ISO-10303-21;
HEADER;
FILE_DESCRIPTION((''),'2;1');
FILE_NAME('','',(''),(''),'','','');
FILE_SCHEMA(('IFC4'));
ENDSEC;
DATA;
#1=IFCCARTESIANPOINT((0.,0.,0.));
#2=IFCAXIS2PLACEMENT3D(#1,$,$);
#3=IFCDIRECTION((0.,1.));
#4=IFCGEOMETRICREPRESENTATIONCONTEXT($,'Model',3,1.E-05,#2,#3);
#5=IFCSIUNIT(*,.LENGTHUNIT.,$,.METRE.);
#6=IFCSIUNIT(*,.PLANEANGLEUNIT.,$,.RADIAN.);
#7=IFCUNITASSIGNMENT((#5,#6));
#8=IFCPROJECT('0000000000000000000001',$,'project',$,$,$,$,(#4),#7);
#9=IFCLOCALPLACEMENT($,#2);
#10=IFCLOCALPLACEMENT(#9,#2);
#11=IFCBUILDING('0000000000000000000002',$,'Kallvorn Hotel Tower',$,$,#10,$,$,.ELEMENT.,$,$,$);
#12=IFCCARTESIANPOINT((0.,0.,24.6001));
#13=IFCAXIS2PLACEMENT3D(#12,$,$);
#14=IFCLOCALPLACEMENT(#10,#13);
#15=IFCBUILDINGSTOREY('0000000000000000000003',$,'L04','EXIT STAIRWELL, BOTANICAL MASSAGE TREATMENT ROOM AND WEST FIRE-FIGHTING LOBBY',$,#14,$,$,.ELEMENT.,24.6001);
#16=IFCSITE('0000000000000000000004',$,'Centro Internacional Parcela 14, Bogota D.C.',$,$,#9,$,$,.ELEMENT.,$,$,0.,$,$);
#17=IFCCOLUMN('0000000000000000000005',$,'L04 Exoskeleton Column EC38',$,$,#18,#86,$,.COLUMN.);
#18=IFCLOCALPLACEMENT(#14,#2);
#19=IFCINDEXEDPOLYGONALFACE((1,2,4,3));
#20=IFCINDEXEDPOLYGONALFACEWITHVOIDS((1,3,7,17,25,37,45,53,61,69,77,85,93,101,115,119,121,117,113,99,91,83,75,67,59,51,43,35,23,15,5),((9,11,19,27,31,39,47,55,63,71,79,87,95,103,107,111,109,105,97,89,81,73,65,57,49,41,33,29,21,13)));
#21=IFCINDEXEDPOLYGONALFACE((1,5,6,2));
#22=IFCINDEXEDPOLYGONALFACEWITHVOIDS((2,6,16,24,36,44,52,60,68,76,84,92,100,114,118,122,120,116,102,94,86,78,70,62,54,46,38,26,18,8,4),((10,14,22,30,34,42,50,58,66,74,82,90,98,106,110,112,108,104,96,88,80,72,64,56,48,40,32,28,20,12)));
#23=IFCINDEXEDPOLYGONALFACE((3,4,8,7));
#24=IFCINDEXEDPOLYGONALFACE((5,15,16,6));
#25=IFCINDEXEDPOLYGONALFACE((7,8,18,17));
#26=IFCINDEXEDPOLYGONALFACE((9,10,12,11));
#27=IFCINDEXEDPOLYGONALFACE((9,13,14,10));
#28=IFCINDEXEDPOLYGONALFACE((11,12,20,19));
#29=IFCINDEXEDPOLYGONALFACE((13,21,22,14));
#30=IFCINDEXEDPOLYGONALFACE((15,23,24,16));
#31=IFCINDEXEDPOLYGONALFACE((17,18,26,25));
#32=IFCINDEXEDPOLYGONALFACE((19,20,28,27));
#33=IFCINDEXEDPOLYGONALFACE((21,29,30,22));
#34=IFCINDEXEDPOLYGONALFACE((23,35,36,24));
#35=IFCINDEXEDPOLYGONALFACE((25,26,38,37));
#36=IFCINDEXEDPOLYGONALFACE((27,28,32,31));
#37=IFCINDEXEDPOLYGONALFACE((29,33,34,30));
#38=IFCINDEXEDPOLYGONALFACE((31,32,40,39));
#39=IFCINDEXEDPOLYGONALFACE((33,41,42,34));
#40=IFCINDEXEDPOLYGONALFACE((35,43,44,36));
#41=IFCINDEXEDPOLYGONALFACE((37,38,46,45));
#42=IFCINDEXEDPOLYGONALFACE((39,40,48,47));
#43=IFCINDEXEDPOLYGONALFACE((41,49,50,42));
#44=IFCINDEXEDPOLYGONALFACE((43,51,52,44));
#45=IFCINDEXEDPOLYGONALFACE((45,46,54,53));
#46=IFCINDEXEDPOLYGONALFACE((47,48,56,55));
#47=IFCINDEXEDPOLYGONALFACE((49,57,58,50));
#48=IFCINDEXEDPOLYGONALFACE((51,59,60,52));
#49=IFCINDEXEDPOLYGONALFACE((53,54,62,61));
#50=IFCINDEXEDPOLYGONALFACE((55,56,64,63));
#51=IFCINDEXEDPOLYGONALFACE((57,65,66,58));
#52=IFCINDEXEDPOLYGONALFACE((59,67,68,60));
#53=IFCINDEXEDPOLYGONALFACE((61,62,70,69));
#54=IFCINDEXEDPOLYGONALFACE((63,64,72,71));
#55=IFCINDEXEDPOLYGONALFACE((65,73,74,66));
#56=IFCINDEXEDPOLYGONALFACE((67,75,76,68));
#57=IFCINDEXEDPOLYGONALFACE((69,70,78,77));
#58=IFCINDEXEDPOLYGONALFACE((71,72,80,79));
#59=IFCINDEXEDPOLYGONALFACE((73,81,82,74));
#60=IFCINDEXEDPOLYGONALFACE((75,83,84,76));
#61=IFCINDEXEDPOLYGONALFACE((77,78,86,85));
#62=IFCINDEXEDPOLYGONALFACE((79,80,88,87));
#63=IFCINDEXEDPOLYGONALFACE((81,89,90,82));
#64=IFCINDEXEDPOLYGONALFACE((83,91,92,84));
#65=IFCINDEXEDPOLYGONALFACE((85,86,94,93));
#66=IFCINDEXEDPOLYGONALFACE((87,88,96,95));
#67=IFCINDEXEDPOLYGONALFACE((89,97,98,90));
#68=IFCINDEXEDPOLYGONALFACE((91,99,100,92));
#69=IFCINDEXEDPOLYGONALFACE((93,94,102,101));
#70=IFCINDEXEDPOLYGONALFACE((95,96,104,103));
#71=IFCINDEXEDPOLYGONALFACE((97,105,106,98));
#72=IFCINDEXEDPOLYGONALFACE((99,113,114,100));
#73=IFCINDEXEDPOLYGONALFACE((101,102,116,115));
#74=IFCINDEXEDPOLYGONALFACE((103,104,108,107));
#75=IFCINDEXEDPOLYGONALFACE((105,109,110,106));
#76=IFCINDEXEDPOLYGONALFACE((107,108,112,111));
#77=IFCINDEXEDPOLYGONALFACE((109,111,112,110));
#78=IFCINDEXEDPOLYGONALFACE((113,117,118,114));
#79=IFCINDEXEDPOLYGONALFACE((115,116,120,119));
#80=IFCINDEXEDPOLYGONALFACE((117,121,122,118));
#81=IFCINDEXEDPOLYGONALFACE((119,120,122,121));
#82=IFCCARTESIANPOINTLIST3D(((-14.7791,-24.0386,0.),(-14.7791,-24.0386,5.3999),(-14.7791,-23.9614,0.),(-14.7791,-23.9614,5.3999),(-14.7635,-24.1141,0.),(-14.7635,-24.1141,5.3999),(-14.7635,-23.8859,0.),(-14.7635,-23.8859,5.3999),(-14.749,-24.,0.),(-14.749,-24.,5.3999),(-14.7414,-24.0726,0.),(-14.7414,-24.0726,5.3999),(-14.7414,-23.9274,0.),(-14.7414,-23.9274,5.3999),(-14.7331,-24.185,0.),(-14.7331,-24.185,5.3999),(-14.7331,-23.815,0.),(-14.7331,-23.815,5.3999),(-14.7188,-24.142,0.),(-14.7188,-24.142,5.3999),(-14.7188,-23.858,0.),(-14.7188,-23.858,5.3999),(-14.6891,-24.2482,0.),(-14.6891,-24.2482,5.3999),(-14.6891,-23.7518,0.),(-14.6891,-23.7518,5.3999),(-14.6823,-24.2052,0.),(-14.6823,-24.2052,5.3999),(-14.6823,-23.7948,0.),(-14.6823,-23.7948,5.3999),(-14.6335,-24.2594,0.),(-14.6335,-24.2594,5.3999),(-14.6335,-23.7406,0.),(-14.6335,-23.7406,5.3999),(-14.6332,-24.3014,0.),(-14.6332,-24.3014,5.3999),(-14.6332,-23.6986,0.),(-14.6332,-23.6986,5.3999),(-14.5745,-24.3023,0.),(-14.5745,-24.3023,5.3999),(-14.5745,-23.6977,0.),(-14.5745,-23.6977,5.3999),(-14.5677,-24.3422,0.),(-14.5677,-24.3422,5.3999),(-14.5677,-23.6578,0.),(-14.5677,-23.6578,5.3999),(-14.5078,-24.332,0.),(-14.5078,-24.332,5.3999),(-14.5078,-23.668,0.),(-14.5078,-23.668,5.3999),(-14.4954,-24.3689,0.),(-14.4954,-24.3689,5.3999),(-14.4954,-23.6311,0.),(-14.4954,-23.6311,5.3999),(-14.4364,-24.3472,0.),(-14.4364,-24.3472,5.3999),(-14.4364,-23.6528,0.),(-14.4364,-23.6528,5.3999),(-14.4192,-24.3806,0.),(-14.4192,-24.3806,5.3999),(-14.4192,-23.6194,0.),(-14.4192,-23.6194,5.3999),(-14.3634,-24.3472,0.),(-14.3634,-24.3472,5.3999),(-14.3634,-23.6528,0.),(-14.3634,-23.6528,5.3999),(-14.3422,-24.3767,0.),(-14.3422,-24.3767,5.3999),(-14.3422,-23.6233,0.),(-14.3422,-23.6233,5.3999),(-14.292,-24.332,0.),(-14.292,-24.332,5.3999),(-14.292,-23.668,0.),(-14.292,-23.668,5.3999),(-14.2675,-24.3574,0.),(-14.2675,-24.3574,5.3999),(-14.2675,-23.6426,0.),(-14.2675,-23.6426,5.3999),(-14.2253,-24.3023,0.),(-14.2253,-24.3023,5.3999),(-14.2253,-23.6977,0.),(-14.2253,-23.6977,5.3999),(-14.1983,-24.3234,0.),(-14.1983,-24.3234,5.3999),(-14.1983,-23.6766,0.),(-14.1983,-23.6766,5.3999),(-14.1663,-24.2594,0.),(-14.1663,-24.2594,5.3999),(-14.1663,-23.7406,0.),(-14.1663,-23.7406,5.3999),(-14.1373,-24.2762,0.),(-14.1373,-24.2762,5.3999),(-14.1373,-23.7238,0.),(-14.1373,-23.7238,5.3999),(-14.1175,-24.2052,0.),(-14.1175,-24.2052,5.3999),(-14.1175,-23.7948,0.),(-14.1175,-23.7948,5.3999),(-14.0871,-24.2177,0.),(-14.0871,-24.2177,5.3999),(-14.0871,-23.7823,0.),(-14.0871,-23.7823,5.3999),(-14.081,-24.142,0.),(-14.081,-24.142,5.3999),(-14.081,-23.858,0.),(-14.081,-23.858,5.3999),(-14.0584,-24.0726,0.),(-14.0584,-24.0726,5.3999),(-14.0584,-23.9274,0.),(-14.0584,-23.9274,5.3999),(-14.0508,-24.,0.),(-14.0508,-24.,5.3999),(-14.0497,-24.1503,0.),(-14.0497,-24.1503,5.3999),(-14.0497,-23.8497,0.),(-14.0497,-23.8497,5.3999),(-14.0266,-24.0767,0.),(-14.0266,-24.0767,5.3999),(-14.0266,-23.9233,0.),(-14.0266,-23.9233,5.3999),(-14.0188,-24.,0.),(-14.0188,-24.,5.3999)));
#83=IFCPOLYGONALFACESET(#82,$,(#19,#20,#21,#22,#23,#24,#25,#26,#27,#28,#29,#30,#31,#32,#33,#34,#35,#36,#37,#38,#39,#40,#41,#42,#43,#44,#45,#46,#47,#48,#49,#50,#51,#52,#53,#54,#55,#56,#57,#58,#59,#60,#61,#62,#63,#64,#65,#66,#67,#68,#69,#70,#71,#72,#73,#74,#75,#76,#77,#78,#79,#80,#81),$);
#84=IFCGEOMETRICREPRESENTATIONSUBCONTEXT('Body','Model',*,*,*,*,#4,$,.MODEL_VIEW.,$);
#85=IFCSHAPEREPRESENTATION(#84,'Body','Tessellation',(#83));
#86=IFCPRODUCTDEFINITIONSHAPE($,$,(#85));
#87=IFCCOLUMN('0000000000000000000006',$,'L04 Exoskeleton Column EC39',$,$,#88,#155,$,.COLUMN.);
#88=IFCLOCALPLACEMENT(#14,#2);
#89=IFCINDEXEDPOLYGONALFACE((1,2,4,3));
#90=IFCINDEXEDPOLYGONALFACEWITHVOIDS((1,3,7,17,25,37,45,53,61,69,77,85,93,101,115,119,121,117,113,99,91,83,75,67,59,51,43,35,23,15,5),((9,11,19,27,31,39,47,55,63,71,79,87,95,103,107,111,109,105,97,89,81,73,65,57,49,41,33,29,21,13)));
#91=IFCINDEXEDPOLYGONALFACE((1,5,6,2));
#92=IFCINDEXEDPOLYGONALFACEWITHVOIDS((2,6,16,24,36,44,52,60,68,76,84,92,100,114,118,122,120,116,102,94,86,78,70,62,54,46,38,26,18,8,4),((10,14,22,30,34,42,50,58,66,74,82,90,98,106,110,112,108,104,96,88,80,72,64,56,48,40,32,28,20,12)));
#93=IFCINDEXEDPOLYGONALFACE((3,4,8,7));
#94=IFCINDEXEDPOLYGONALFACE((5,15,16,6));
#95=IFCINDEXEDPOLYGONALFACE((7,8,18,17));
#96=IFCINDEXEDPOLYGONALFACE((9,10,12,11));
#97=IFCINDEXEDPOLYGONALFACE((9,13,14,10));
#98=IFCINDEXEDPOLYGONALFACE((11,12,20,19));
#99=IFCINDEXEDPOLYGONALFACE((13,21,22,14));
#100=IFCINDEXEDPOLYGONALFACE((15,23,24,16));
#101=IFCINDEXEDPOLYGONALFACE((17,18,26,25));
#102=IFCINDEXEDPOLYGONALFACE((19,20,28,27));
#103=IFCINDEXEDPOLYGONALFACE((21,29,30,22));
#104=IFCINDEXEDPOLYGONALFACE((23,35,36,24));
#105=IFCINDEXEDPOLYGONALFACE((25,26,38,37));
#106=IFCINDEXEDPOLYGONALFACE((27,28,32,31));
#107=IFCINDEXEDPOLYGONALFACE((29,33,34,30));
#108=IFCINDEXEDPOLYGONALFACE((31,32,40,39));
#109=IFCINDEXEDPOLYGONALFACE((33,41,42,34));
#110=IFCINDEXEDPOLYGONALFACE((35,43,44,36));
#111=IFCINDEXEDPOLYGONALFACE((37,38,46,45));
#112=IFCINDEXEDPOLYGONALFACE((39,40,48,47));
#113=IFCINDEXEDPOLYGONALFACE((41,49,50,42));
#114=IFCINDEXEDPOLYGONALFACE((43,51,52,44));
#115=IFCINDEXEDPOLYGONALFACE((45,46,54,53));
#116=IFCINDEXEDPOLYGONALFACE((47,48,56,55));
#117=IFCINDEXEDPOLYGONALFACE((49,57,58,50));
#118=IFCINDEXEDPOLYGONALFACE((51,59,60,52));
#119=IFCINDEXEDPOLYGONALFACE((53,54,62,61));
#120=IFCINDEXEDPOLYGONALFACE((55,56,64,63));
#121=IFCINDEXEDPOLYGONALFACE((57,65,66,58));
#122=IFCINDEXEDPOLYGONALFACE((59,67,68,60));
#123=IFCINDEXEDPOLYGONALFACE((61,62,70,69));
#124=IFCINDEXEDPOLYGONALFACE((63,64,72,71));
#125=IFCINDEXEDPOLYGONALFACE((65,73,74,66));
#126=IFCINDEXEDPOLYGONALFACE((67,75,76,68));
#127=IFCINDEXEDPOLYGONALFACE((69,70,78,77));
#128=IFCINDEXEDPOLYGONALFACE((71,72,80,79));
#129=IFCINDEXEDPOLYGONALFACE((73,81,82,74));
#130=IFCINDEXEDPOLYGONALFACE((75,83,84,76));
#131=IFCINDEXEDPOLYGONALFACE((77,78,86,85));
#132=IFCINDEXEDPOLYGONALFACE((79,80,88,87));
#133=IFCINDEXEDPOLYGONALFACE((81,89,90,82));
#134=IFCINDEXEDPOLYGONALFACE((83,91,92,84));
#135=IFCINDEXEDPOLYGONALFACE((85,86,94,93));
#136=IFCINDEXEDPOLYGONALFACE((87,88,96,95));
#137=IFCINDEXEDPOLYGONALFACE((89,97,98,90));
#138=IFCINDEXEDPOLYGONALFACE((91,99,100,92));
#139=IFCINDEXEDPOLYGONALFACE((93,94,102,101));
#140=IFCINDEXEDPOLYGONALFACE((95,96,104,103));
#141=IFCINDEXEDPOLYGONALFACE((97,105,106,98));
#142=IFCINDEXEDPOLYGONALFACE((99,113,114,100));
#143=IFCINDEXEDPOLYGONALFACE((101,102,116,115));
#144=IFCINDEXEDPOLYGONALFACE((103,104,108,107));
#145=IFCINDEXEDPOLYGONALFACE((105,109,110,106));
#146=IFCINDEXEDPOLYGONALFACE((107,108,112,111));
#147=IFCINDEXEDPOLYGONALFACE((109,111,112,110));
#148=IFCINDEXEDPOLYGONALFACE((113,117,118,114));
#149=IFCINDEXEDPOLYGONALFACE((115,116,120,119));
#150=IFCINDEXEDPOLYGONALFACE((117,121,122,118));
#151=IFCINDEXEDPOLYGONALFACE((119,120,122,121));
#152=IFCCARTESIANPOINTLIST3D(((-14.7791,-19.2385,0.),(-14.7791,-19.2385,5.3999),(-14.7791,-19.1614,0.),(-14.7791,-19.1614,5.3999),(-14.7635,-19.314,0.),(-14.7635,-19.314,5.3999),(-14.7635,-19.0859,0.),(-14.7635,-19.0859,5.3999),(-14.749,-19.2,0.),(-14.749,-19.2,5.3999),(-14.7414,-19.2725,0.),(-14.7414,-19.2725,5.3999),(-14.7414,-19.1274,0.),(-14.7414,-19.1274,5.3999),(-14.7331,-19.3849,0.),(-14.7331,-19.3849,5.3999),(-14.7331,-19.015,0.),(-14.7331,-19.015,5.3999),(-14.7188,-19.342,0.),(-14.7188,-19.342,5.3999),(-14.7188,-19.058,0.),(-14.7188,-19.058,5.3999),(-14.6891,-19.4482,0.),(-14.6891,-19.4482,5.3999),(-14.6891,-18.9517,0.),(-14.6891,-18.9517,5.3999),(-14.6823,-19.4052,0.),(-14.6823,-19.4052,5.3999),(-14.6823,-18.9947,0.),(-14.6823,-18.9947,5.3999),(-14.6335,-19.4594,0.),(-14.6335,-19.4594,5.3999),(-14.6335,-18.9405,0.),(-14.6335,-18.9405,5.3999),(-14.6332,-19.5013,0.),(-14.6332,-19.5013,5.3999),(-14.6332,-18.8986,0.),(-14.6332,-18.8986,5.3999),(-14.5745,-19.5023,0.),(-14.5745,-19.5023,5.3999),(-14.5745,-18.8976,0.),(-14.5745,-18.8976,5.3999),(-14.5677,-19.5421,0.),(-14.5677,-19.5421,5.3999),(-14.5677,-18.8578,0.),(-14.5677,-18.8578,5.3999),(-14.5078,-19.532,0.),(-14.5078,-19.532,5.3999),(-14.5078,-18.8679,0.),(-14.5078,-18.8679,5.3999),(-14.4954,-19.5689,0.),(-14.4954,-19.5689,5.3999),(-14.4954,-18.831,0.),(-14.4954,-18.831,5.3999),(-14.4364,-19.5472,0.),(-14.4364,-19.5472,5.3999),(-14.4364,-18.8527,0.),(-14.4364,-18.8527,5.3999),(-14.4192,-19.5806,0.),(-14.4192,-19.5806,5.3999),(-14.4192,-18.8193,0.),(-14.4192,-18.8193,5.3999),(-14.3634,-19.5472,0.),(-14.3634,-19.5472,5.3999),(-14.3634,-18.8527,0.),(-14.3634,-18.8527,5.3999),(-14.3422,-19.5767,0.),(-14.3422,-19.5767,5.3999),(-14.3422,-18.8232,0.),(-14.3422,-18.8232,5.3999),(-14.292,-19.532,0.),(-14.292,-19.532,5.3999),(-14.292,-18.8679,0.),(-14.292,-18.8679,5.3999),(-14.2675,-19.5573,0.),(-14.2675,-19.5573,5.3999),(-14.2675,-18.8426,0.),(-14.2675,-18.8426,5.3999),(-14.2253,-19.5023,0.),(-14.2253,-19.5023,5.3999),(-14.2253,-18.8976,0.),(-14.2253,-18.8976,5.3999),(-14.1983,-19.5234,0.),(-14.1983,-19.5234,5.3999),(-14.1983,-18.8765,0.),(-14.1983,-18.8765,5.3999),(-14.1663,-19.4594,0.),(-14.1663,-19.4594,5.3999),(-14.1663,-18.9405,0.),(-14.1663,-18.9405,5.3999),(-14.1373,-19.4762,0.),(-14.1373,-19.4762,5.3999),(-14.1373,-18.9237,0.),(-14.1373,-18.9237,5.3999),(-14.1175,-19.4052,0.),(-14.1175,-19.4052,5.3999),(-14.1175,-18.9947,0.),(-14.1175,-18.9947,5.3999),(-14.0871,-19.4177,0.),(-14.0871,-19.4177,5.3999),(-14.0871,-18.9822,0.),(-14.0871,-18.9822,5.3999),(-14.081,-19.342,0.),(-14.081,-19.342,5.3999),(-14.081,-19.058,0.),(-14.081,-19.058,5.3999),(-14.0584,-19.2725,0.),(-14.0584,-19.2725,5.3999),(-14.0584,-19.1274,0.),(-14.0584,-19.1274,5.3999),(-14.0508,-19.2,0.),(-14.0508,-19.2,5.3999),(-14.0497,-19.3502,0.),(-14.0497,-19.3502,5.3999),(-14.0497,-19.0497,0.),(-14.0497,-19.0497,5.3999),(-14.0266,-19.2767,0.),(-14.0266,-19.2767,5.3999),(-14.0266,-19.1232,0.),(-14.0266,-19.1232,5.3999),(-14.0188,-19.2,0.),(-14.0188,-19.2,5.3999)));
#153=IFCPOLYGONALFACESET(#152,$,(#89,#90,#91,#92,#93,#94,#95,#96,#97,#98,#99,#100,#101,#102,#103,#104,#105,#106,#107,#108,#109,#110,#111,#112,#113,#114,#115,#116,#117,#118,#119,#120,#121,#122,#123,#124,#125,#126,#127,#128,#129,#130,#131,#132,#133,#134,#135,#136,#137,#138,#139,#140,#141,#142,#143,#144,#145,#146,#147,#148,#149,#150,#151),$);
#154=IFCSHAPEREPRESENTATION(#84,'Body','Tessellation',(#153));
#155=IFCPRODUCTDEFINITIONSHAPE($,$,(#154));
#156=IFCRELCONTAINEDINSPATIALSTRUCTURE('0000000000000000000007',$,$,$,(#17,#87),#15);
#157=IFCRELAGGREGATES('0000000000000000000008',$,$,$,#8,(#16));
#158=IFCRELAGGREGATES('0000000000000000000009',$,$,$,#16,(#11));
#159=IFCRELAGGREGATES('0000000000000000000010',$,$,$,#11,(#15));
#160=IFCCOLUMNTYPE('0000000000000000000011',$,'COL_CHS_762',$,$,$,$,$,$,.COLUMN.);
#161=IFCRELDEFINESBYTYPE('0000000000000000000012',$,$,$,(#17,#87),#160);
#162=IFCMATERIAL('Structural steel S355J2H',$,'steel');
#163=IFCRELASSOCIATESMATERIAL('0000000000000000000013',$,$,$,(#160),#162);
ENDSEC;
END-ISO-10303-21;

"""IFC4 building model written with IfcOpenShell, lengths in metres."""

from ifc_helpers import new_model, si_unit, direction, frame, origin, origin_2d, place, context, subcontext, project, spatial, hollow_circle, extrude, material, material_profile, profile_set, type_object, element, save


model = new_model("IFC4")

# Units and contexts
model_context = context("Model", 3, precision=1e-05, world=origin(), true_north=direction((0.0, 1.0)))
body_context = subcontext(model_context, "Body", "Model", "MODEL_VIEW")
ifc_project = project(units=[si_unit("LENGTHUNIT", "METRE"), si_unit("PLANEANGLEUNIT", "RADIAN")], contexts=[model_context])

# Site, building, storey
site_placement = place(None, origin())
site = spatial("IfcSite", under=ifc_project, at=site_placement, Name="Centro Internacional Parcela 14, Bogota D.C.", CompositionType="ELEMENT", RefElevation=0.0)
building_placement = place(site_placement, origin())
building = spatial("IfcBuilding", under=site, at=building_placement, Name="Kallvorn Hotel Tower", CompositionType="ELEMENT")
storey_placement = place(building_placement, frame((0.0, 0.0, 24.6001)))
storey = spatial("IfcBuildingStorey", under=building, at=storey_placement, Name="L04", Description="EXIT STAIRWELL, BOTANICAL MASSAGE TREATMENT ROOM AND WEST FIRE-FIGHTING LOBBY", CompositionType="ELEMENT", Elevation=24.6001)

# Columns
ifc_material_1 = material(Name="Structural steel S355J2H", Category="steel")
ifc_material_profile_1 = material_profile(ifc_material_1, hollow_circle(Radius=0.3811, WallThickness=0.032, at=origin_2d()), Name="CHS 762x32")
ifc_profile_set_1 = profile_set([ifc_material_profile_1], Name="Structural steel S355J2H")
column_type_1 = type_object("IfcColumnType", Name="COL_CHS_762", PredefinedType="COLUMN", material=ifc_profile_set_1)
for number, where, z_axis, x_axis, name in (
    (1, (-14.3999, -24.0, 0.0), (0.0, 0.0, 1.0), (1.0, 0.0, 0.0), "L04 Exoskeleton Column EC38"),
    (2, (-14.3999, -19.2, 0.0), (0.0, 0.0, 1.0), (1.0, 0.0, 0.0), "L04 Exoskeleton Column EC39"),
):
    element("IfcColumn", number, at=place(storey_placement, frame(where, z_axis=z_axis, x_axis=x_axis)), inside=storey, type_object=column_type_1, Name=name, PredefinedType="COLUMN", context=body_context, shape_type="SweptSolid", body=[
        extrude(hollow_circle(Radius=0.3811, WallThickness=0.032, at=origin_2d()), origin(), (0.0, 0.0, 1.0), 5.3999),
    ])

save(model, "model.ifc")
